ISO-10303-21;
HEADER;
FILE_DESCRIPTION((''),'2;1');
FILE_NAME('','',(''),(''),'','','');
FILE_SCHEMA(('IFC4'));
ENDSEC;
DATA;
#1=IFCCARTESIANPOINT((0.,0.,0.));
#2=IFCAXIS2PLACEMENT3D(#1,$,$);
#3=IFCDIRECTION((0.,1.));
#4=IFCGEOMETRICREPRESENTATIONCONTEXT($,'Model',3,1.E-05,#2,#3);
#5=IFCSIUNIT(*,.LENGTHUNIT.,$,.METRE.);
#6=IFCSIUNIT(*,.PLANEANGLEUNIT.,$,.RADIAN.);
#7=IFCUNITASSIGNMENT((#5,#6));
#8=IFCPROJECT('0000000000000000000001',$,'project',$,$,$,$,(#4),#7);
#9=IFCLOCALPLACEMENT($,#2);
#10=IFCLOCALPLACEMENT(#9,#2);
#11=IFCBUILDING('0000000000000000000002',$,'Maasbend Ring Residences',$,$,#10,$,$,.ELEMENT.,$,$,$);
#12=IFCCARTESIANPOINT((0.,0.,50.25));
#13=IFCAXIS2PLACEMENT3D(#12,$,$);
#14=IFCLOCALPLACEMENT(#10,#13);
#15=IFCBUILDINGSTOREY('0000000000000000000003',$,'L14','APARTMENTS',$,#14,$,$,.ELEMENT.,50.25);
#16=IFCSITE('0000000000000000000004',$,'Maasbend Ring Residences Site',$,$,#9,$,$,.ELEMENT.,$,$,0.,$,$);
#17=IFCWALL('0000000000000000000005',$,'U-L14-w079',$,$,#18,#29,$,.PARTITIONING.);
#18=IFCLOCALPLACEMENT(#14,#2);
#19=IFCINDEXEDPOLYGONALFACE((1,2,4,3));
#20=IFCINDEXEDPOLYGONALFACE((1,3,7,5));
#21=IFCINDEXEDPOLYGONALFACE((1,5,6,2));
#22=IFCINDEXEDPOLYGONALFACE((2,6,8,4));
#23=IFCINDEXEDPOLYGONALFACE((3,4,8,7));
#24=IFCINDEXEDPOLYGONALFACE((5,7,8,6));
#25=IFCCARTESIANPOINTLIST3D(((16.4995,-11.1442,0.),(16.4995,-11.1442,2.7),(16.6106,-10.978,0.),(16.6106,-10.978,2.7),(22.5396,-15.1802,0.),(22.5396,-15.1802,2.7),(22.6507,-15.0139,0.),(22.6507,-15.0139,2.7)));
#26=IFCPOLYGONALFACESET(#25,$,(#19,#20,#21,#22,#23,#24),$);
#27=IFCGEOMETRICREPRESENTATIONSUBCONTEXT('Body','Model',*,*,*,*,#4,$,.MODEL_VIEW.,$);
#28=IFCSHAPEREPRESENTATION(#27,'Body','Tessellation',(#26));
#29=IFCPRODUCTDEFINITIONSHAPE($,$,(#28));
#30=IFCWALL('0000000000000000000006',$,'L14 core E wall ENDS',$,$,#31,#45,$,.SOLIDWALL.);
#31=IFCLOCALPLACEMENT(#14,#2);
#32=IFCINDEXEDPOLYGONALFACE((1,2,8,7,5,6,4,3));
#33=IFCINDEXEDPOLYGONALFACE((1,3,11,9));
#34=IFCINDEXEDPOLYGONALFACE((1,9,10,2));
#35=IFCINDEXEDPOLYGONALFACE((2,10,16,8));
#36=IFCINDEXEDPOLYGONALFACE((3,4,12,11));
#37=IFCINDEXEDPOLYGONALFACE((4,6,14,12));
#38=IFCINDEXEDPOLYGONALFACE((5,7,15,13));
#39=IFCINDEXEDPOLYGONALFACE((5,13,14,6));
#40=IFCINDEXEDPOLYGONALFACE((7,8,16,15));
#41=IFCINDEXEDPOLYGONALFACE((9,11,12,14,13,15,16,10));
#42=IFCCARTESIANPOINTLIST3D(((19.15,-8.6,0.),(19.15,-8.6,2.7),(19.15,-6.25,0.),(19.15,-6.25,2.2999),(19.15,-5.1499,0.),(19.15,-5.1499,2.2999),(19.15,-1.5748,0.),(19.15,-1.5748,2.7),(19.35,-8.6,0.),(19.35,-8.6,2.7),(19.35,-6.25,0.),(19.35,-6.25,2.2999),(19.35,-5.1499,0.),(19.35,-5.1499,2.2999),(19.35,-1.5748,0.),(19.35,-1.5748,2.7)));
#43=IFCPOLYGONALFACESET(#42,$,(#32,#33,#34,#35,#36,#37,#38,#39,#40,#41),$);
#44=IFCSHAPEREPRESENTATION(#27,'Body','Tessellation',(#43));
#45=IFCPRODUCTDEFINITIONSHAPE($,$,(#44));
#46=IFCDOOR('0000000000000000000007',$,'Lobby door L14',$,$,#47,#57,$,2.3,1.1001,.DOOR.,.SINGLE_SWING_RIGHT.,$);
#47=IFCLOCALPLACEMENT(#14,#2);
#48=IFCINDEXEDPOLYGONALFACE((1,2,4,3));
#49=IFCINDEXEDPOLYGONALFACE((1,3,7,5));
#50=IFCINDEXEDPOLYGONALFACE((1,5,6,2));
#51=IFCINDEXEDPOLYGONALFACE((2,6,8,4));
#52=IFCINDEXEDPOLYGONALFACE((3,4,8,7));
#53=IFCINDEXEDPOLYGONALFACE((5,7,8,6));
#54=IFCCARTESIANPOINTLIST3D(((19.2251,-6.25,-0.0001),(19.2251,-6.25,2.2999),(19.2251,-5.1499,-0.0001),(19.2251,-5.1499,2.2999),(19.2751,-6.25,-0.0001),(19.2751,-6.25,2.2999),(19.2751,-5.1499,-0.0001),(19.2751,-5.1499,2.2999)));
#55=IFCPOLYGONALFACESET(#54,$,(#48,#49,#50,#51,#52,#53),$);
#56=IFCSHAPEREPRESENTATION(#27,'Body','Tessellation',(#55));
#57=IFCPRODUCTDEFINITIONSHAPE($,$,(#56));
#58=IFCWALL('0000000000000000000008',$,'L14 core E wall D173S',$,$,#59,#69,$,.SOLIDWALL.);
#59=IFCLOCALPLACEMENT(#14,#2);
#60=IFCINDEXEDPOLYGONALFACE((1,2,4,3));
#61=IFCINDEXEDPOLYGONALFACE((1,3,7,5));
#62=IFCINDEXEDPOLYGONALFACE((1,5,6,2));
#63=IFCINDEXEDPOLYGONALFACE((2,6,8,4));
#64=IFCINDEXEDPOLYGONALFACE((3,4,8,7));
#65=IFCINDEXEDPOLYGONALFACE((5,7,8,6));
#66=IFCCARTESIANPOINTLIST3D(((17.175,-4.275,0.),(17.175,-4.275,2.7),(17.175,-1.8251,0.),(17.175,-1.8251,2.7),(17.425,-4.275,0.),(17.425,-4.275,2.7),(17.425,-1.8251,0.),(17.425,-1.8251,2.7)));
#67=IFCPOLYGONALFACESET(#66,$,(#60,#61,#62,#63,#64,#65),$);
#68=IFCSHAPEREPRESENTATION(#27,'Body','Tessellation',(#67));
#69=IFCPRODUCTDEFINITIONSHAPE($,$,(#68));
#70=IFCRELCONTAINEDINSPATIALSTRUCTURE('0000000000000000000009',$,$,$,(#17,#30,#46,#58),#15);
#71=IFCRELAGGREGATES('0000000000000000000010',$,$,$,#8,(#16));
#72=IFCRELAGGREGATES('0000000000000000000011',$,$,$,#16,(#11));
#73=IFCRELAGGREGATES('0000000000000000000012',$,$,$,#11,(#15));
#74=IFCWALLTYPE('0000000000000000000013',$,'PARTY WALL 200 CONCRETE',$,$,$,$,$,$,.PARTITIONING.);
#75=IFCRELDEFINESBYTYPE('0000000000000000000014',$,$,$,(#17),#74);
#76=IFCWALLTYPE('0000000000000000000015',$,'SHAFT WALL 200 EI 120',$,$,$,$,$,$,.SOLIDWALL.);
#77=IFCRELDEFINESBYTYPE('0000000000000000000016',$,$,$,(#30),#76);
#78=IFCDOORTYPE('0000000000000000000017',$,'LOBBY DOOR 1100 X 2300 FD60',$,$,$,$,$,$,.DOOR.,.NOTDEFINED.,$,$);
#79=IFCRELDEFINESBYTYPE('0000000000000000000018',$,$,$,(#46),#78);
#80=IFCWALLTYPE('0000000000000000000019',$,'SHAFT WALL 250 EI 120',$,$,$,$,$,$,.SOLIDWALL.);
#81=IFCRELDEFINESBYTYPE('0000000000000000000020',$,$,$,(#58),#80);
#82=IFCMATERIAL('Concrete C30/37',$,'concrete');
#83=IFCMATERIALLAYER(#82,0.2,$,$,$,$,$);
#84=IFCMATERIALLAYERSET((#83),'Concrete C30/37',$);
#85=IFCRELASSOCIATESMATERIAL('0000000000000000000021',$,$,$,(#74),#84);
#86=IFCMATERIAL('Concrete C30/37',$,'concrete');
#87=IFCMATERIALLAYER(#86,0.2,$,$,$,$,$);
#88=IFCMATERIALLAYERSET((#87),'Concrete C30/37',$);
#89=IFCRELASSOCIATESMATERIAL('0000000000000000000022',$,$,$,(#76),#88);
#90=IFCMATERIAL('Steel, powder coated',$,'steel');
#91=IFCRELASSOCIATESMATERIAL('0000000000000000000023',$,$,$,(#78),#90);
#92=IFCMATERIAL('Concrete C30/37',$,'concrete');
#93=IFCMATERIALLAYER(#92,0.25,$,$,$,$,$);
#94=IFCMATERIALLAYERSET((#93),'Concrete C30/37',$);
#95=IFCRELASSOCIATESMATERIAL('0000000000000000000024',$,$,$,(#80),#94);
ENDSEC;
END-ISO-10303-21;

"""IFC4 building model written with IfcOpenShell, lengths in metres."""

from ifc_helpers import new_model, si_unit, direction, frame, frame_2d, origin, place, context, subcontext, project, spatial, rectangle, extrude, material, layer, layer_set, type_object, element, fill, save


model = new_model("IFC4")

# Units and contexts
model_context = context("Model", 3, precision=1e-05, world=origin(), true_north=direction((0.0, 1.0)))
body_context = subcontext(model_context, "Body", "Model", "MODEL_VIEW")
ifc_project = project(units=[si_unit("LENGTHUNIT", "METRE"), si_unit("PLANEANGLEUNIT", "RADIAN")], contexts=[model_context])

# Site, building, storey
site_placement = place(None, origin())
site = spatial("IfcSite", under=ifc_project, at=site_placement, Name="Maasbend Ring Residences Site", CompositionType="ELEMENT", RefElevation=0.0)
building_placement = place(site_placement, origin())
building = spatial("IfcBuilding", under=site, at=building_placement, Name="Maasbend Ring Residences", CompositionType="ELEMENT")
storey_placement = place(building_placement, frame((0.0, 0.0, 50.25)))
storey = spatial("IfcBuildingStorey", under=building, at=storey_placement, Name="L14", Description="APARTMENTS", CompositionType="ELEMENT", Elevation=50.25)

# Wall
ifc_material_1 = material(Name="Concrete C30/37", Category="concrete")
ifc_layer_1 = layer(ifc_material_1, 0.2)
ifc_layer_set_1 = layer_set([ifc_layer_1], Name="Concrete C30/37")
wall_type_1 = type_object("IfcWallType", Name="PARTY WALL 200 CONCRETE", PredefinedType="PARTITIONING", material=ifc_layer_set_1)
wall_1_placement = place(storey_placement, frame((16.5549, -11.061, 0.0), z_axis=(0.0, 0.0, 1.0), x_axis=(0.831466, -0.555576, 0.0)))
element("IfcWall", 1, at=wall_1_placement, inside=storey, type_object=wall_type_1, Name="U-L14-w079", PredefinedType="PARTITIONING", context=body_context, shape_type="SweptSolid", body=[
    extrude(rectangle(XDim=7.2644, YDim=0.2, at=frame_2d((3.6323, 0.0))), origin(), (0.0, 0.0, 1.0), 2.7),
])

# Wall, opening, door
ifc_material_2 = material(Name="Concrete C30/37", Category="concrete")
ifc_layer_2 = layer(ifc_material_2, 0.2)
ifc_layer_set_2 = layer_set([ifc_layer_2], Name="Concrete C30/37")
wall_type_2 = type_object("IfcWallType", Name="SHAFT WALL 200 EI 120", PredefinedType="SOLIDWALL", material=ifc_layer_set_2)
wall_2_placement = place(storey_placement, frame((19.25, -8.6001, 0.0), z_axis=(0.0, 0.0, 1.0), x_axis=(0.0, 1.0, 0.0)))
wall_2 = element("IfcWall", 2, at=wall_2_placement, inside=storey, type_object=wall_type_2, Name="L14 core E wall ENDS", PredefinedType="SOLIDWALL", context=body_context, shape_type="SweptSolid", body=[
    extrude(rectangle(XDim=7.0251, YDim=0.2, at=frame_2d((3.5127, 0.0))), origin(), (0.0, 0.0, 1.0), 2.7),
])
opening_1_placement = place(wall_2_placement, frame((2.3501, 0.0, 0.0)))
opening_1 = element("IfcOpeningElement", 3, at=opening_1_placement, cuts=wall_2, PredefinedType="OPENING", context=body_context, shape_type="SweptSolid", body=[
    extrude(rectangle(XDim=1.1001, YDim=2.3, at=frame_2d((0.55, 1.1499))), frame((0.0, 0.1099, 0.0), z_axis=(0.0, -1.0, 0.0), x_axis=(1.0, 0.0, 0.0)), (0.0, 0.0, 1.0), 0.22),
])
ifc_material_3 = material(Name="Steel, powder coated", Category="steel")
door_type_1 = type_object("IfcDoorType", Name="LOBBY DOOR 1100 X 2300 FD60", OperationType="NOTDEFINED", PredefinedType="DOOR", material=ifc_material_3)
door_1_placement = place(opening_1_placement, origin())
door_1 = element("IfcDoor", 4, at=door_1_placement, inside=storey, type_object=door_type_1, Name="Lobby door L14", OperationType="SINGLE_SWING_RIGHT", OverallHeight=2.3, OverallWidth=1.1001, PredefinedType="DOOR", context=body_context, shape_type="SweptSolid", body=[
    extrude(rectangle(XDim=1.1001, YDim=2.3, at=frame_2d((0.55, 1.1499))), frame((0.0, 0.0249, 0.0), z_axis=(0.0, -1.0, 0.0), x_axis=(1.0, 0.0, 0.0)), (0.0, 0.0, 1.0), 0.05),
])
fill(opening_1, door_1)

# Wall
ifc_material_4 = material(Name="Concrete C30/37", Category="concrete")
ifc_layer_3 = layer(ifc_material_4, 0.25)
ifc_layer_set_3 = layer_set([ifc_layer_3], Name="Concrete C30/37")
wall_type_3 = type_object("IfcWallType", Name="SHAFT WALL 250 EI 120", PredefinedType="SOLIDWALL", material=ifc_layer_set_3)
wall_3_placement = place(storey_placement, frame((17.3, -1.825, 0.0), z_axis=(0.0, 0.0, 1.0), x_axis=(0.0, -1.0, 0.0)))
element("IfcWall", 5, at=wall_3_placement, inside=storey, type_object=wall_type_3, Name="L14 core E wall D173S", PredefinedType="SOLIDWALL", context=body_context, shape_type="SweptSolid", body=[
    extrude(rectangle(XDim=2.45, YDim=0.25, at=frame_2d((1.2251, 0.0))), origin(), (0.0, 0.0, 1.0), 2.7),
])

save(model, "model.ifc")
